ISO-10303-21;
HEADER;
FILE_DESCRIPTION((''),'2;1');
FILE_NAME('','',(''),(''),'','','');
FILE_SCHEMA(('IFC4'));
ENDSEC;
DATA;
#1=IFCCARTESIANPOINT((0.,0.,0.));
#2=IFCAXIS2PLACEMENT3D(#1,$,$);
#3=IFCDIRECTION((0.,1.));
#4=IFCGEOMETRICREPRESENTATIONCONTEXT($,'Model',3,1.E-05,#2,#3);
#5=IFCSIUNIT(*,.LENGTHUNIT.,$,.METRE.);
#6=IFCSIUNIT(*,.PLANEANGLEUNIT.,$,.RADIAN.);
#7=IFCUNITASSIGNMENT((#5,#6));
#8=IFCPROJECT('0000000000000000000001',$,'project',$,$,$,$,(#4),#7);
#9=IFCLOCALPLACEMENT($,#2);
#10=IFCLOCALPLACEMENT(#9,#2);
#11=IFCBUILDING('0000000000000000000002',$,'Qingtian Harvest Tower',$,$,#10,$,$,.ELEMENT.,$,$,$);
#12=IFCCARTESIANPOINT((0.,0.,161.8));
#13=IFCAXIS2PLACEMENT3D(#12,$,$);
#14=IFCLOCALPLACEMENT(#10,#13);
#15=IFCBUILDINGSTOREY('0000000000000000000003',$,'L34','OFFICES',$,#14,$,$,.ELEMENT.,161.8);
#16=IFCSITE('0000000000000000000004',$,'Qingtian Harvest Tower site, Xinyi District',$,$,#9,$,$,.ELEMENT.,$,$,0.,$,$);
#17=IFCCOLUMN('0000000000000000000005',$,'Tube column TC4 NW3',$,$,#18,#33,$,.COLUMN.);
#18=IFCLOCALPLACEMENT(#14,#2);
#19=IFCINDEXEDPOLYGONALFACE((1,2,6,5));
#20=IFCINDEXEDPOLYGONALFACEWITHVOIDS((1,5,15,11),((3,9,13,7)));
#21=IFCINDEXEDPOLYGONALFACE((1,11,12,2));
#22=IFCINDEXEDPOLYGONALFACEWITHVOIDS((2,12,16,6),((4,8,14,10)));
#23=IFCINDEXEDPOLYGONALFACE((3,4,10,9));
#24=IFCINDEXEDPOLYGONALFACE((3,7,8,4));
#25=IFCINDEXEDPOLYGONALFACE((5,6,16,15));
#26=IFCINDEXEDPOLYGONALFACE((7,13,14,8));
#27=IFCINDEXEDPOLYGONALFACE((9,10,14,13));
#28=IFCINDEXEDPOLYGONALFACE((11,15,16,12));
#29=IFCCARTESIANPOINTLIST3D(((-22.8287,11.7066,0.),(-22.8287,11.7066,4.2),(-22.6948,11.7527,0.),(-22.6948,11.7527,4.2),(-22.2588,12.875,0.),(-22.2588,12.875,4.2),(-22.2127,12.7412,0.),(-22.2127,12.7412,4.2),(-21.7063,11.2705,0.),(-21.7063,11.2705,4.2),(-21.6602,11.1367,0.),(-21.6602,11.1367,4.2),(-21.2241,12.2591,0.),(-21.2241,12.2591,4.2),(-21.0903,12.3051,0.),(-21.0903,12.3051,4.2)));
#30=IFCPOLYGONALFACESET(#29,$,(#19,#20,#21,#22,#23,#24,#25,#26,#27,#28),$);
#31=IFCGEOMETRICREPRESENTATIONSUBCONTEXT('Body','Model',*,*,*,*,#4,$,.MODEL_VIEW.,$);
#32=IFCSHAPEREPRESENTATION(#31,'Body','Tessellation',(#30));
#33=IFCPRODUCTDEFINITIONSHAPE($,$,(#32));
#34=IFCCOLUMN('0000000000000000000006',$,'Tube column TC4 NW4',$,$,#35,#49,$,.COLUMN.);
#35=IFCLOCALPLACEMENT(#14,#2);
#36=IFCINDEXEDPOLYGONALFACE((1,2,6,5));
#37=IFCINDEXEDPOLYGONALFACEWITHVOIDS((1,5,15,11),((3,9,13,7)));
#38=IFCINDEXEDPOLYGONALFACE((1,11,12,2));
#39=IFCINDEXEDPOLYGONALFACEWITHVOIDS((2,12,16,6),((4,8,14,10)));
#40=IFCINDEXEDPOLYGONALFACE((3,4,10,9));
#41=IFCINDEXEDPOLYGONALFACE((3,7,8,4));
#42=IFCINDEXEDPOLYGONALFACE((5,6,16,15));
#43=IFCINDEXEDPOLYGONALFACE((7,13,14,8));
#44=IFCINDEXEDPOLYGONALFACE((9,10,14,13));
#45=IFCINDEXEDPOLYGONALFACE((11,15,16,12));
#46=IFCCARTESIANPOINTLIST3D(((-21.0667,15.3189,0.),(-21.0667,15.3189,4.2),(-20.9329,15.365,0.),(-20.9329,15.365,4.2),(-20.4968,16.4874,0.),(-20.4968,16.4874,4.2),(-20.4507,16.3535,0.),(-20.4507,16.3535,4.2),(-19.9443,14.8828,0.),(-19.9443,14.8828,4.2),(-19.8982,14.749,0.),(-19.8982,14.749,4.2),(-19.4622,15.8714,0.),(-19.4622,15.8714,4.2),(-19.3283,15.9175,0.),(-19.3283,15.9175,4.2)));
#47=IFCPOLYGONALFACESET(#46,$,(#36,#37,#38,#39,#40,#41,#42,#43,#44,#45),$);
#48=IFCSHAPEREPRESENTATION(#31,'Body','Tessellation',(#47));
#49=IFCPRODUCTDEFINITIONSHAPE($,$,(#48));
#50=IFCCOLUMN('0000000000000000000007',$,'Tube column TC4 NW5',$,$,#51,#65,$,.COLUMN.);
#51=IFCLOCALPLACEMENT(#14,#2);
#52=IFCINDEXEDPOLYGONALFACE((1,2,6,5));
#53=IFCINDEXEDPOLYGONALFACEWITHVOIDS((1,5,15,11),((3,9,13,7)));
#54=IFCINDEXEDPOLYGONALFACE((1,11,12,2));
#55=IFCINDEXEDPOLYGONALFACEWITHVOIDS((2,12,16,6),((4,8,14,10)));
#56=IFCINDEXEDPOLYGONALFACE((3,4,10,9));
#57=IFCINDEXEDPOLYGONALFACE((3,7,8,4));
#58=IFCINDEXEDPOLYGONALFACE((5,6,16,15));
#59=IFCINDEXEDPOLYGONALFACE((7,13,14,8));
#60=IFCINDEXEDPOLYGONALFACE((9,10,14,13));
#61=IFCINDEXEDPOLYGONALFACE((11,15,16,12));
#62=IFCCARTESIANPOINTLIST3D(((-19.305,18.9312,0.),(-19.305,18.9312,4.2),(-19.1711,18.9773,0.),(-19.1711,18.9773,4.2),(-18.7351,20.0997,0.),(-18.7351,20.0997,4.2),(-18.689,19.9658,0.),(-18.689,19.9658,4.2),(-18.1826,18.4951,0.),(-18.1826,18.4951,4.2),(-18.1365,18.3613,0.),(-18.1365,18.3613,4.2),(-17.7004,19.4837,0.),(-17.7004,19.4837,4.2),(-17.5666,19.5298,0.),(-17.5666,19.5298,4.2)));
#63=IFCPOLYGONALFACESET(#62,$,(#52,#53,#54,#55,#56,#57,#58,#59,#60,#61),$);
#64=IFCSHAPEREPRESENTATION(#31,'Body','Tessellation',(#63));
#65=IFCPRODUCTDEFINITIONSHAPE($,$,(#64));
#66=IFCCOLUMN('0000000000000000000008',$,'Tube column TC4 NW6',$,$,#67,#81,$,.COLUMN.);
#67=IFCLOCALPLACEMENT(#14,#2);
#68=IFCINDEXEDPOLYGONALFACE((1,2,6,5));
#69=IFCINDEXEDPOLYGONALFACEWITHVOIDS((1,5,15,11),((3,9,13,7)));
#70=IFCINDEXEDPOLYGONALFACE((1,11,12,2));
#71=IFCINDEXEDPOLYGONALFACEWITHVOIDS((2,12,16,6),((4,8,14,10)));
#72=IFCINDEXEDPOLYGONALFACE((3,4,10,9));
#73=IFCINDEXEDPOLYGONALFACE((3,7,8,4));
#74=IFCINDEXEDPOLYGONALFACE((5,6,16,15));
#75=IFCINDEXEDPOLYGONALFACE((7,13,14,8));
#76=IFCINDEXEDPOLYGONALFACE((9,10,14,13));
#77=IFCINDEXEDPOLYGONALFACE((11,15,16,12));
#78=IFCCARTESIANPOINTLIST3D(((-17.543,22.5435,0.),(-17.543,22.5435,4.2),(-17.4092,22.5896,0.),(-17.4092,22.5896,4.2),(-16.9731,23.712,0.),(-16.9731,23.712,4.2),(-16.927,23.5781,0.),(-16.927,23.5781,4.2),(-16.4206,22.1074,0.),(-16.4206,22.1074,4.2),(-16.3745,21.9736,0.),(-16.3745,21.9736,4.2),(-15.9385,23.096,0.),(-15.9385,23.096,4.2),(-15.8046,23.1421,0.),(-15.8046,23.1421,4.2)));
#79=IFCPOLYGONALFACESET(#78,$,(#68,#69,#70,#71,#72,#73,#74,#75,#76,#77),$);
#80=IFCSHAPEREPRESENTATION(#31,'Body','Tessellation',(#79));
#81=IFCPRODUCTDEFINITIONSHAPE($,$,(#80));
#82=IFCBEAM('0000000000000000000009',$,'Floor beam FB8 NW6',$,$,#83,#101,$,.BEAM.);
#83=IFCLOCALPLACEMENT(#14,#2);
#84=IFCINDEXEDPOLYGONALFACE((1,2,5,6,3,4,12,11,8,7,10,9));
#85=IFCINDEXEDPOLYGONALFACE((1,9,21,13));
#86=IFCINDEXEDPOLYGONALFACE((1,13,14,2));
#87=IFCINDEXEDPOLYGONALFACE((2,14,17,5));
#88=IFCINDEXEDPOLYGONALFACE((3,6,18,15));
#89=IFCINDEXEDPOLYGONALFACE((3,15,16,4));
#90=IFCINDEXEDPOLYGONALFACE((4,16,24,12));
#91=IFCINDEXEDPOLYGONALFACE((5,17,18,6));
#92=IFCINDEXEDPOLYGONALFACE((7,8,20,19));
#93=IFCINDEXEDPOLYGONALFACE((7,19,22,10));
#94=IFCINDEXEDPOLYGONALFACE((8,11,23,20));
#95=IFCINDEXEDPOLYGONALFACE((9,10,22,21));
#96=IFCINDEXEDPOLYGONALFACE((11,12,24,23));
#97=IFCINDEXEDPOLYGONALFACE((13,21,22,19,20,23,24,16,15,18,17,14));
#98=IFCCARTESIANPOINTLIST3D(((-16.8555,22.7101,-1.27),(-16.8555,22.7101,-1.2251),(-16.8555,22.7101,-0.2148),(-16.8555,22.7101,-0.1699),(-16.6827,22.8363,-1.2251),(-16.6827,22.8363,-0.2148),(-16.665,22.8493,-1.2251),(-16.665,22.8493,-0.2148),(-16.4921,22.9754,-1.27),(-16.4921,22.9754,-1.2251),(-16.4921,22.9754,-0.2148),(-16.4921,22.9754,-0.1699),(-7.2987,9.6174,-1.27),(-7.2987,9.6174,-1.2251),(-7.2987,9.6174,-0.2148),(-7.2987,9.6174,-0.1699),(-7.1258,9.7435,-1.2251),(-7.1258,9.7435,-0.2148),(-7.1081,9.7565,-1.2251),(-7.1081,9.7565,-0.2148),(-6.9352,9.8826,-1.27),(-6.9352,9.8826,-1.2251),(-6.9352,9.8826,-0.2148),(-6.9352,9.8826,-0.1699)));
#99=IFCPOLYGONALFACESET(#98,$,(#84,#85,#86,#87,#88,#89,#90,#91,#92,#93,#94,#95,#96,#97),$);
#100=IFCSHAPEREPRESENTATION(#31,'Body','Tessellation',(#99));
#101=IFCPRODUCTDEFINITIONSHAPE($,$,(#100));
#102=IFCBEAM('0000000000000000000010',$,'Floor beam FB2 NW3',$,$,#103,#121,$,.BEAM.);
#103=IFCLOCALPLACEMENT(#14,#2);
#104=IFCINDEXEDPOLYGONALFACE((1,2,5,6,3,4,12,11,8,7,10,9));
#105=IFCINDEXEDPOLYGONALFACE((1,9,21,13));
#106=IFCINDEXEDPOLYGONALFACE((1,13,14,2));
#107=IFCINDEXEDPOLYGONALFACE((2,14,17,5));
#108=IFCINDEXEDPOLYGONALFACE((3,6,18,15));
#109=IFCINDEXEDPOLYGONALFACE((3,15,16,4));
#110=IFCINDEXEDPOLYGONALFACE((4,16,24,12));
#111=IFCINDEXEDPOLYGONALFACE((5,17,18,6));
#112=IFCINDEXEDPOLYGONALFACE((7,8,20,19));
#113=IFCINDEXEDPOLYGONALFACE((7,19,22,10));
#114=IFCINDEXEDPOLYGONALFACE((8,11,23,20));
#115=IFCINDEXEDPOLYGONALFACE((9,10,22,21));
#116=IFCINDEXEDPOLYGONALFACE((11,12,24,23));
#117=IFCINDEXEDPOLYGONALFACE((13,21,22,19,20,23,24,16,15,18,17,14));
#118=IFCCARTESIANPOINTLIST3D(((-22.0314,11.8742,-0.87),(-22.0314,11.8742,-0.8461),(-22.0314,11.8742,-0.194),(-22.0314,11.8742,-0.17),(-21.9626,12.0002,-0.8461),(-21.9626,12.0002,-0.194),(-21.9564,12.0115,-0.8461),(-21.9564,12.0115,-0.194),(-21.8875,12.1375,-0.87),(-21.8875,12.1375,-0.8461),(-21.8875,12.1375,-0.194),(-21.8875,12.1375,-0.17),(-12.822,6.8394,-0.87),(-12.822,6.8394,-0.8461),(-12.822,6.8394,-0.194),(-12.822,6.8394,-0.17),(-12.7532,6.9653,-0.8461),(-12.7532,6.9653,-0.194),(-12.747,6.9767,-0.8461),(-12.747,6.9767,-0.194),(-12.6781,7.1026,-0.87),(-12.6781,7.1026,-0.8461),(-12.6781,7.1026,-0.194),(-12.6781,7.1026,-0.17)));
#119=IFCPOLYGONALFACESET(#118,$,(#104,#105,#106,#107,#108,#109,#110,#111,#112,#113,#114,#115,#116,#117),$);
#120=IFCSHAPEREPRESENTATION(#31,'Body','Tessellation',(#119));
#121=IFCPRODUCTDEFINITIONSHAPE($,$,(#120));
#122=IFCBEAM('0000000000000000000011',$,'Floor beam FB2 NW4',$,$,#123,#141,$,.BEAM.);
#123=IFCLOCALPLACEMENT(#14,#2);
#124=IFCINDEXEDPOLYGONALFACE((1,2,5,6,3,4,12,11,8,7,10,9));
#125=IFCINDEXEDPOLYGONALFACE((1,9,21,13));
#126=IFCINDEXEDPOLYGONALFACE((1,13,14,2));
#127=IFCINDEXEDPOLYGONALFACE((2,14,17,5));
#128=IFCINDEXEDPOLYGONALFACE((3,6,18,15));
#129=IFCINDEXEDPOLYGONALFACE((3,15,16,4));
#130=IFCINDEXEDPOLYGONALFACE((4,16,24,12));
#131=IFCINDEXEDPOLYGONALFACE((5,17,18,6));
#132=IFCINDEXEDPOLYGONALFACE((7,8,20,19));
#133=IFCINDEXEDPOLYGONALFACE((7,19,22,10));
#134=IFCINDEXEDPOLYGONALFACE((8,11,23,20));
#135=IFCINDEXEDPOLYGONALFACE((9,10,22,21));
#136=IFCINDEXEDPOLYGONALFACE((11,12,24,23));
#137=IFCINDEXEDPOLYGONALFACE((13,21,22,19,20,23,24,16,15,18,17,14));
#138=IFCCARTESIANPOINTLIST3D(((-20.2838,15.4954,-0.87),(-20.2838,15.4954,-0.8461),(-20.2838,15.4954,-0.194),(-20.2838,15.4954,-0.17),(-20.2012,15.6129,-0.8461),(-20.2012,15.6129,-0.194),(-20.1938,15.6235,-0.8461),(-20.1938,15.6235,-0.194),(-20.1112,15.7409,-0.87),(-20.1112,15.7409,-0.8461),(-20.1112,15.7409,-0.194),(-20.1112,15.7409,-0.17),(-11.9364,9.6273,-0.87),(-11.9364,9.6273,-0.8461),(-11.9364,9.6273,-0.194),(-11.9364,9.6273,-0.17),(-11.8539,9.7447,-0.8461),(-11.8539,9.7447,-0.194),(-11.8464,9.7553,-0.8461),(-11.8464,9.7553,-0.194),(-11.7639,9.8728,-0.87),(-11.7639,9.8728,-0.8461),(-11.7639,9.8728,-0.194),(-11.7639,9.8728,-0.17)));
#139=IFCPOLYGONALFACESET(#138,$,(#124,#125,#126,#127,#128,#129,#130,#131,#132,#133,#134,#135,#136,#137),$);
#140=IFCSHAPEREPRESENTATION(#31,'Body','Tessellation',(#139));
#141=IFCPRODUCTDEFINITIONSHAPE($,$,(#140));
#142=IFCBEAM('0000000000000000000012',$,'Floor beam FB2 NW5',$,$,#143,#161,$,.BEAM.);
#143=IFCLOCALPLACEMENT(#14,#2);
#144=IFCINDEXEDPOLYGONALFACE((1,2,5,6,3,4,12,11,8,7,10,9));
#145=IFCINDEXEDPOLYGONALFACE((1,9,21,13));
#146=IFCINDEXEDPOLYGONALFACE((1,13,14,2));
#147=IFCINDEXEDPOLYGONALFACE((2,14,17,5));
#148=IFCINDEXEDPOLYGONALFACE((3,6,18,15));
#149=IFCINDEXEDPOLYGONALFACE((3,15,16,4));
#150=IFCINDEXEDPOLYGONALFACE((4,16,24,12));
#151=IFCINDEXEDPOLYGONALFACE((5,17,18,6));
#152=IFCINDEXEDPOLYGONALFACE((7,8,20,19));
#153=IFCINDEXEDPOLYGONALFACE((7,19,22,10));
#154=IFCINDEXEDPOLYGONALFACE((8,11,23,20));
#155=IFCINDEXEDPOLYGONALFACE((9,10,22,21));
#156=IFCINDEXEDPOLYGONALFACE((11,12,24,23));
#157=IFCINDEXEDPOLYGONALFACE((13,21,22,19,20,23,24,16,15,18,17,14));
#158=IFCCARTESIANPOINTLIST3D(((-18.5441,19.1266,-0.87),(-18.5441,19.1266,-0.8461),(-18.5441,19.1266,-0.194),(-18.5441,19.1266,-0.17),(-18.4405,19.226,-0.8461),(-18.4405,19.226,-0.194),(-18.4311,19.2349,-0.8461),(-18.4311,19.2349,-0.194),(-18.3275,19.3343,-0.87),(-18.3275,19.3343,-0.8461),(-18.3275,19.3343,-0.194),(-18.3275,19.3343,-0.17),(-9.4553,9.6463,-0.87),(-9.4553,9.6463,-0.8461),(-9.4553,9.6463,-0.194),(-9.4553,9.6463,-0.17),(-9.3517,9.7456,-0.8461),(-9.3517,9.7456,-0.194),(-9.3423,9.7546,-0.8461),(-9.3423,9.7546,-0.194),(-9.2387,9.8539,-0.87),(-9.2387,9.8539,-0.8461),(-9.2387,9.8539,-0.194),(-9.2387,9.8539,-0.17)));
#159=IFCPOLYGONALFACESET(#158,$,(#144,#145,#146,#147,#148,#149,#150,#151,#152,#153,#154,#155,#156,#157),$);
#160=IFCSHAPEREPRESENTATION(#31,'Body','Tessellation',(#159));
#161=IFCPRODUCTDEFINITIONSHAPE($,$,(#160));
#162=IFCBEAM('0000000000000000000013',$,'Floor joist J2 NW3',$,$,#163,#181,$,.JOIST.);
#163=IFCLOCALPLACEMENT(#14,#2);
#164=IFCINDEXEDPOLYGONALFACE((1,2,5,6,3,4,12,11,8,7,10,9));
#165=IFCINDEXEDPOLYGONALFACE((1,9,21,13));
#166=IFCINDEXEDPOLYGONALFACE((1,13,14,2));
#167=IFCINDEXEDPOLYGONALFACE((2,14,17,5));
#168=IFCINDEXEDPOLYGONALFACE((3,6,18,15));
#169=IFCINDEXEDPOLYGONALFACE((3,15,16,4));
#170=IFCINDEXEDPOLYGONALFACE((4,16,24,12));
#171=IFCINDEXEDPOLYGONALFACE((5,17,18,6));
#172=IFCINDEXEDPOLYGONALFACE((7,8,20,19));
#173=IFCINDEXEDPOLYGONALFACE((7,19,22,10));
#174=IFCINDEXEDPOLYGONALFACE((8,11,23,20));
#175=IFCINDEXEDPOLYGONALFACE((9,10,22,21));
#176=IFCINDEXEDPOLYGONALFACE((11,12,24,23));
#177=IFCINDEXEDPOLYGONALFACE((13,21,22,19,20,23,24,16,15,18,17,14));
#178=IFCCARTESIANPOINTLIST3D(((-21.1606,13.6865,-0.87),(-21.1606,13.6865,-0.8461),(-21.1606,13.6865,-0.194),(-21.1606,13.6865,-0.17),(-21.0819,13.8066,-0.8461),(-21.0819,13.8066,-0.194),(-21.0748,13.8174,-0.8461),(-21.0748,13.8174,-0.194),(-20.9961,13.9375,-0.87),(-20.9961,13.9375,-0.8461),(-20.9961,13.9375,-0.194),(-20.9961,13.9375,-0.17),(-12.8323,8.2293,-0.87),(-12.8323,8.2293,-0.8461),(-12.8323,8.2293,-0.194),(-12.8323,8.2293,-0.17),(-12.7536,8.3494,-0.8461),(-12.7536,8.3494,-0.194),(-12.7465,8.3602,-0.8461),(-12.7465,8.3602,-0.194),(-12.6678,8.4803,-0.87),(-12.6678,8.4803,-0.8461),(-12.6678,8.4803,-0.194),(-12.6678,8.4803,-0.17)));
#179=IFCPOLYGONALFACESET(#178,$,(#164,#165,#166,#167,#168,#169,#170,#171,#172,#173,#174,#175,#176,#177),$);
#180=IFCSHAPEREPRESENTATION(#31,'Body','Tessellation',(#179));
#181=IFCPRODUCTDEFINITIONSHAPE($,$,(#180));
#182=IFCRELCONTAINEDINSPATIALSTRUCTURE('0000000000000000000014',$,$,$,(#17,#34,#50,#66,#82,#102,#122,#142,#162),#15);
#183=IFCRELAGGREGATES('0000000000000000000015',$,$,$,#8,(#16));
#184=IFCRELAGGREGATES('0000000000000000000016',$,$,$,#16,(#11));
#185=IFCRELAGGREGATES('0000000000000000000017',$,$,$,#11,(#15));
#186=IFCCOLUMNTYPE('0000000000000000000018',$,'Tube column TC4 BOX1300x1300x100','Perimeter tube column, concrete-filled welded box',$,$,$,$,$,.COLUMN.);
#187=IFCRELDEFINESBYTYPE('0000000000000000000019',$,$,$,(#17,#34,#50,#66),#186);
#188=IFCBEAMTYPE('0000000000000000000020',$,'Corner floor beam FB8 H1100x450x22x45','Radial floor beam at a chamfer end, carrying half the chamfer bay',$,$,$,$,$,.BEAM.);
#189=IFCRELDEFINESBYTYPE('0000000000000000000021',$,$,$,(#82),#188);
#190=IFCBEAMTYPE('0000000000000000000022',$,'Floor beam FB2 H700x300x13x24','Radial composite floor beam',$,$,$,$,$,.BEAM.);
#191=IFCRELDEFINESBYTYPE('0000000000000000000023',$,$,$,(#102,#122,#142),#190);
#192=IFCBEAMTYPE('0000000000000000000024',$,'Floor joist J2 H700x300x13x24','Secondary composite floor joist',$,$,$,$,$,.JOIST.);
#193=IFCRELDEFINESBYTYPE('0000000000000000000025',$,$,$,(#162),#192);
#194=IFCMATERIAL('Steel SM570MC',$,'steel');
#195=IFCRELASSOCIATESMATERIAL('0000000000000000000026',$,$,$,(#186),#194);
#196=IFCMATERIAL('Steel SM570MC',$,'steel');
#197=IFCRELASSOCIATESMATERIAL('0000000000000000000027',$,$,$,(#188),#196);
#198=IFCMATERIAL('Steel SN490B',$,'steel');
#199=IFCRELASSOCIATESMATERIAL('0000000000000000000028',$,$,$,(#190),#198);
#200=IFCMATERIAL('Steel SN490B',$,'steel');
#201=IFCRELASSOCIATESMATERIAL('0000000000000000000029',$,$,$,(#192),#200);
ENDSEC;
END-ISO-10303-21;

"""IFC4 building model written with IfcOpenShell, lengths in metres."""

from ifc_helpers import new_model, si_unit, direction, frame, origin, origin_2d, place, context, subcontext, project, spatial, hollow_rectangle, i_section, extrude, material, material_profile, profile_set, type_object, element, save


model = new_model("IFC4")

# Units and contexts
model_context = context("Model", 3, precision=1e-05, world=origin(), true_north=direction((0.0, 1.0)))
body_context = subcontext(model_context, "Body", "Model", "MODEL_VIEW")
ifc_project = project(units=[si_unit("LENGTHUNIT", "METRE"), si_unit("PLANEANGLEUNIT", "RADIAN")], contexts=[model_context])

# Site, building, storey
site_placement = place(None, origin())
site = spatial("IfcSite", under=ifc_project, at=site_placement, Name="Qingtian Harvest Tower site, Xinyi District", CompositionType="ELEMENT", RefElevation=0.0)
building_placement = place(site_placement, origin())
building = spatial("IfcBuilding", under=site, at=building_placement, Name="Qingtian Harvest Tower", CompositionType="ELEMENT")
storey_placement = place(building_placement, frame((0.0, 0.0, 161.8)))
storey = spatial("IfcBuildingStorey", under=building, at=storey_placement, Name="L34", Description="OFFICES", CompositionType="ELEMENT", Elevation=161.8)

# Columns
ifc_material_1 = material(Name="Steel SM570MC", Category="steel")
ifc_material_profile_1 = material_profile(ifc_material_1, hollow_rectangle(XDim=1.3, YDim=1.3, WallThickness=0.1001, at=origin_2d()), Name="BOX1300x1300x100")
ifc_profile_set_1 = profile_set([ifc_material_profile_1], Name="Steel SM570MC")
column_type = type_object("IfcColumnType", Name="Tube column TC4 BOX1300x1300x100", Description="Perimeter tube column, concrete-filled welded box", PredefinedType="COLUMN", material=ifc_profile_set_1)
for number, where, z_axis, x_axis, name in (
    (1, (-21.9595, 12.0059, 0.0), (0.0, 0.0, 1.0), (-0.438371, -0.898794, 0.0), "Tube column TC4 NW3"),
    (2, (-20.1975, 15.6182, 0.0), (0.0, 0.0, 1.0), (-0.438371, -0.898794, 0.0), "Tube column TC4 NW4"),
    (3, (-18.4358, 19.2305, 0.0), (0.0, 0.0, 1.0), (-0.438371, -0.898794, 0.0), "Tube column TC4 NW5"),
    (4, (-16.6738, 22.8428, 0.0), (0.0, 0.0, 1.0), (-0.438371, -0.898794, 0.0), "Tube column TC4 NW6"),
):
    element("IfcColumn", number, at=place(storey_placement, frame(where, z_axis=z_axis, x_axis=x_axis)), inside=storey, type_object=column_type, Name=name, PredefinedType="COLUMN", context=body_context, shape_type="SweptSolid", body=[
        extrude(hollow_rectangle(XDim=1.3, YDim=1.3, WallThickness=0.1001, at=origin_2d()), origin(), (0.0, 0.0, 1.0), 4.2),
    ])

# Beams
ifc_material_2 = material(Name="Steel SM570MC", Category="steel")
ifc_material_profile_2 = material_profile(ifc_material_2, i_section(OverallWidth=0.45, OverallDepth=1.1001, WebThickness=0.022, FlangeThickness=0.0449, at=origin_2d()), Name="H1100x450x22x45")
ifc_profile_set_2 = profile_set([ifc_material_profile_2], Name="Steel SM570MC")
beam_type_1 = type_object("IfcBeamType", Name="Corner floor beam FB8 H1100x450x22x45", Description="Radial floor beam at a chamfer end, carrying half the chamfer bay", PredefinedType="BEAM", material=ifc_profile_set_2)
beam_1_placement = place(storey_placement, frame((-16.6738, 22.8428, -0.72), z_axis=(0.589578, -0.807712, 0.0), x_axis=(0.807712, 0.589578, 0.0)))
element("IfcBeam", 5, at=beam_1_placement, inside=storey, type_object=beam_type_1, Name="Floor beam FB8 NW6", PredefinedType="BEAM", context=body_context, shape_type="SweptSolid", body=[
    extrude(i_section(OverallWidth=0.45, OverallDepth=1.1001, WebThickness=0.022, FlangeThickness=0.0449, at=origin_2d()), origin(), (0.0, 0.0, 1.0), 16.2097),
])
ifc_material_3 = material(Name="Steel SN490B", Category="steel")
ifc_material_profile_3 = material_profile(ifc_material_3, i_section(OverallWidth=0.3, OverallDepth=0.7, WebThickness=0.0129, FlangeThickness=0.0239, at=origin_2d()), Name="H700x300x13x24")
ifc_profile_set_3 = profile_set([ifc_material_profile_3], Name="Steel SN490B")
beam_type_2 = type_object("IfcBeamType", Name="Floor beam FB2 H700x300x13x24", Description="Radial composite floor beam", PredefinedType="BEAM", material=ifc_profile_set_3)
beam_2_placement = place(storey_placement, frame((-21.9595, 12.0059, -0.52), z_axis=(0.877432, -0.479701, 0.0), x_axis=(0.479701, 0.877432, 0.0)))
element("IfcBeam", 6, at=beam_2_placement, inside=storey, type_object=beam_type_2, Name="Floor beam FB2 NW3", PredefinedType="BEAM", context=body_context, shape_type="SweptSolid", body=[
    extrude(i_section(OverallWidth=0.3, OverallDepth=0.7, WebThickness=0.0129, FlangeThickness=0.0239, at=origin_2d()), origin(), (0.0, 0.0, 1.0), 10.4958),
])
beam_3_placement = place(storey_placement, frame((-20.1975, 15.6182, -0.52), z_axis=(0.81808, -0.575104, 0.0), x_axis=(0.575104, 0.81808, 0.0)))
element("IfcBeam", 7, at=beam_3_placement, inside=storey, type_object=beam_type_2, Name="Floor beam FB2 NW4", PredefinedType="BEAM", context=body_context, shape_type="SweptSolid", body=[
    extrude(i_section(OverallWidth=0.3, OverallDepth=0.7, WebThickness=0.0129, FlangeThickness=0.0239, at=origin_2d()), origin(), (0.0, 0.0, 1.0), 10.2036),
])
beam_4_placement = place(storey_placement, frame((-18.4358, 19.2305, -0.52), z_axis=(0.692041, -0.721858, 0.0), x_axis=(0.721858, 0.692041, 0.0)))
element("IfcBeam", 8, at=beam_4_placement, inside=storey, type_object=beam_type_2, Name="Floor beam FB2 NW5", PredefinedType="BEAM", context=body_context, shape_type="SweptSolid", body=[
    extrude(i_section(OverallWidth=0.3, OverallDepth=0.7, WebThickness=0.0129, FlangeThickness=0.0239, at=origin_2d()), origin(), (0.0, 0.0, 1.0), 13.1333),
])
ifc_material_4 = material(Name="Steel SN490B", Category="steel")
ifc_material_profile_4 = material_profile(ifc_material_4, i_section(OverallWidth=0.3, OverallDepth=0.7, WebThickness=0.0129, FlangeThickness=0.0239, at=origin_2d()), Name="H700x300x13x24")
ifc_profile_set_4 = profile_set([ifc_material_profile_4], Name="Steel SN490B")
beam_type_3 = type_object("IfcBeamType", Name="Floor joist J2 H700x300x13x24", Description="Secondary composite floor joist", PredefinedType="JOIST", material=ifc_profile_set_4)
beam_5_placement = place(storey_placement, frame((-21.0784, 13.812, -0.52), z_axis=(0.836426, -0.548079, 0.0), x_axis=(0.548079, 0.836426, 0.0)))
element("IfcBeam", 9, at=beam_5_placement, inside=storey, type_object=beam_type_3, Name="Floor joist J2 NW3", PredefinedType="JOIST", context=body_context, shape_type="SweptSolid", body=[
    extrude(i_section(OverallWidth=0.3, OverallDepth=0.7, WebThickness=0.0129, FlangeThickness=0.0239, at=origin_2d()), origin(), (0.0, 0.0, 1.0), 9.957),
])

save(model, "model.ifc")
